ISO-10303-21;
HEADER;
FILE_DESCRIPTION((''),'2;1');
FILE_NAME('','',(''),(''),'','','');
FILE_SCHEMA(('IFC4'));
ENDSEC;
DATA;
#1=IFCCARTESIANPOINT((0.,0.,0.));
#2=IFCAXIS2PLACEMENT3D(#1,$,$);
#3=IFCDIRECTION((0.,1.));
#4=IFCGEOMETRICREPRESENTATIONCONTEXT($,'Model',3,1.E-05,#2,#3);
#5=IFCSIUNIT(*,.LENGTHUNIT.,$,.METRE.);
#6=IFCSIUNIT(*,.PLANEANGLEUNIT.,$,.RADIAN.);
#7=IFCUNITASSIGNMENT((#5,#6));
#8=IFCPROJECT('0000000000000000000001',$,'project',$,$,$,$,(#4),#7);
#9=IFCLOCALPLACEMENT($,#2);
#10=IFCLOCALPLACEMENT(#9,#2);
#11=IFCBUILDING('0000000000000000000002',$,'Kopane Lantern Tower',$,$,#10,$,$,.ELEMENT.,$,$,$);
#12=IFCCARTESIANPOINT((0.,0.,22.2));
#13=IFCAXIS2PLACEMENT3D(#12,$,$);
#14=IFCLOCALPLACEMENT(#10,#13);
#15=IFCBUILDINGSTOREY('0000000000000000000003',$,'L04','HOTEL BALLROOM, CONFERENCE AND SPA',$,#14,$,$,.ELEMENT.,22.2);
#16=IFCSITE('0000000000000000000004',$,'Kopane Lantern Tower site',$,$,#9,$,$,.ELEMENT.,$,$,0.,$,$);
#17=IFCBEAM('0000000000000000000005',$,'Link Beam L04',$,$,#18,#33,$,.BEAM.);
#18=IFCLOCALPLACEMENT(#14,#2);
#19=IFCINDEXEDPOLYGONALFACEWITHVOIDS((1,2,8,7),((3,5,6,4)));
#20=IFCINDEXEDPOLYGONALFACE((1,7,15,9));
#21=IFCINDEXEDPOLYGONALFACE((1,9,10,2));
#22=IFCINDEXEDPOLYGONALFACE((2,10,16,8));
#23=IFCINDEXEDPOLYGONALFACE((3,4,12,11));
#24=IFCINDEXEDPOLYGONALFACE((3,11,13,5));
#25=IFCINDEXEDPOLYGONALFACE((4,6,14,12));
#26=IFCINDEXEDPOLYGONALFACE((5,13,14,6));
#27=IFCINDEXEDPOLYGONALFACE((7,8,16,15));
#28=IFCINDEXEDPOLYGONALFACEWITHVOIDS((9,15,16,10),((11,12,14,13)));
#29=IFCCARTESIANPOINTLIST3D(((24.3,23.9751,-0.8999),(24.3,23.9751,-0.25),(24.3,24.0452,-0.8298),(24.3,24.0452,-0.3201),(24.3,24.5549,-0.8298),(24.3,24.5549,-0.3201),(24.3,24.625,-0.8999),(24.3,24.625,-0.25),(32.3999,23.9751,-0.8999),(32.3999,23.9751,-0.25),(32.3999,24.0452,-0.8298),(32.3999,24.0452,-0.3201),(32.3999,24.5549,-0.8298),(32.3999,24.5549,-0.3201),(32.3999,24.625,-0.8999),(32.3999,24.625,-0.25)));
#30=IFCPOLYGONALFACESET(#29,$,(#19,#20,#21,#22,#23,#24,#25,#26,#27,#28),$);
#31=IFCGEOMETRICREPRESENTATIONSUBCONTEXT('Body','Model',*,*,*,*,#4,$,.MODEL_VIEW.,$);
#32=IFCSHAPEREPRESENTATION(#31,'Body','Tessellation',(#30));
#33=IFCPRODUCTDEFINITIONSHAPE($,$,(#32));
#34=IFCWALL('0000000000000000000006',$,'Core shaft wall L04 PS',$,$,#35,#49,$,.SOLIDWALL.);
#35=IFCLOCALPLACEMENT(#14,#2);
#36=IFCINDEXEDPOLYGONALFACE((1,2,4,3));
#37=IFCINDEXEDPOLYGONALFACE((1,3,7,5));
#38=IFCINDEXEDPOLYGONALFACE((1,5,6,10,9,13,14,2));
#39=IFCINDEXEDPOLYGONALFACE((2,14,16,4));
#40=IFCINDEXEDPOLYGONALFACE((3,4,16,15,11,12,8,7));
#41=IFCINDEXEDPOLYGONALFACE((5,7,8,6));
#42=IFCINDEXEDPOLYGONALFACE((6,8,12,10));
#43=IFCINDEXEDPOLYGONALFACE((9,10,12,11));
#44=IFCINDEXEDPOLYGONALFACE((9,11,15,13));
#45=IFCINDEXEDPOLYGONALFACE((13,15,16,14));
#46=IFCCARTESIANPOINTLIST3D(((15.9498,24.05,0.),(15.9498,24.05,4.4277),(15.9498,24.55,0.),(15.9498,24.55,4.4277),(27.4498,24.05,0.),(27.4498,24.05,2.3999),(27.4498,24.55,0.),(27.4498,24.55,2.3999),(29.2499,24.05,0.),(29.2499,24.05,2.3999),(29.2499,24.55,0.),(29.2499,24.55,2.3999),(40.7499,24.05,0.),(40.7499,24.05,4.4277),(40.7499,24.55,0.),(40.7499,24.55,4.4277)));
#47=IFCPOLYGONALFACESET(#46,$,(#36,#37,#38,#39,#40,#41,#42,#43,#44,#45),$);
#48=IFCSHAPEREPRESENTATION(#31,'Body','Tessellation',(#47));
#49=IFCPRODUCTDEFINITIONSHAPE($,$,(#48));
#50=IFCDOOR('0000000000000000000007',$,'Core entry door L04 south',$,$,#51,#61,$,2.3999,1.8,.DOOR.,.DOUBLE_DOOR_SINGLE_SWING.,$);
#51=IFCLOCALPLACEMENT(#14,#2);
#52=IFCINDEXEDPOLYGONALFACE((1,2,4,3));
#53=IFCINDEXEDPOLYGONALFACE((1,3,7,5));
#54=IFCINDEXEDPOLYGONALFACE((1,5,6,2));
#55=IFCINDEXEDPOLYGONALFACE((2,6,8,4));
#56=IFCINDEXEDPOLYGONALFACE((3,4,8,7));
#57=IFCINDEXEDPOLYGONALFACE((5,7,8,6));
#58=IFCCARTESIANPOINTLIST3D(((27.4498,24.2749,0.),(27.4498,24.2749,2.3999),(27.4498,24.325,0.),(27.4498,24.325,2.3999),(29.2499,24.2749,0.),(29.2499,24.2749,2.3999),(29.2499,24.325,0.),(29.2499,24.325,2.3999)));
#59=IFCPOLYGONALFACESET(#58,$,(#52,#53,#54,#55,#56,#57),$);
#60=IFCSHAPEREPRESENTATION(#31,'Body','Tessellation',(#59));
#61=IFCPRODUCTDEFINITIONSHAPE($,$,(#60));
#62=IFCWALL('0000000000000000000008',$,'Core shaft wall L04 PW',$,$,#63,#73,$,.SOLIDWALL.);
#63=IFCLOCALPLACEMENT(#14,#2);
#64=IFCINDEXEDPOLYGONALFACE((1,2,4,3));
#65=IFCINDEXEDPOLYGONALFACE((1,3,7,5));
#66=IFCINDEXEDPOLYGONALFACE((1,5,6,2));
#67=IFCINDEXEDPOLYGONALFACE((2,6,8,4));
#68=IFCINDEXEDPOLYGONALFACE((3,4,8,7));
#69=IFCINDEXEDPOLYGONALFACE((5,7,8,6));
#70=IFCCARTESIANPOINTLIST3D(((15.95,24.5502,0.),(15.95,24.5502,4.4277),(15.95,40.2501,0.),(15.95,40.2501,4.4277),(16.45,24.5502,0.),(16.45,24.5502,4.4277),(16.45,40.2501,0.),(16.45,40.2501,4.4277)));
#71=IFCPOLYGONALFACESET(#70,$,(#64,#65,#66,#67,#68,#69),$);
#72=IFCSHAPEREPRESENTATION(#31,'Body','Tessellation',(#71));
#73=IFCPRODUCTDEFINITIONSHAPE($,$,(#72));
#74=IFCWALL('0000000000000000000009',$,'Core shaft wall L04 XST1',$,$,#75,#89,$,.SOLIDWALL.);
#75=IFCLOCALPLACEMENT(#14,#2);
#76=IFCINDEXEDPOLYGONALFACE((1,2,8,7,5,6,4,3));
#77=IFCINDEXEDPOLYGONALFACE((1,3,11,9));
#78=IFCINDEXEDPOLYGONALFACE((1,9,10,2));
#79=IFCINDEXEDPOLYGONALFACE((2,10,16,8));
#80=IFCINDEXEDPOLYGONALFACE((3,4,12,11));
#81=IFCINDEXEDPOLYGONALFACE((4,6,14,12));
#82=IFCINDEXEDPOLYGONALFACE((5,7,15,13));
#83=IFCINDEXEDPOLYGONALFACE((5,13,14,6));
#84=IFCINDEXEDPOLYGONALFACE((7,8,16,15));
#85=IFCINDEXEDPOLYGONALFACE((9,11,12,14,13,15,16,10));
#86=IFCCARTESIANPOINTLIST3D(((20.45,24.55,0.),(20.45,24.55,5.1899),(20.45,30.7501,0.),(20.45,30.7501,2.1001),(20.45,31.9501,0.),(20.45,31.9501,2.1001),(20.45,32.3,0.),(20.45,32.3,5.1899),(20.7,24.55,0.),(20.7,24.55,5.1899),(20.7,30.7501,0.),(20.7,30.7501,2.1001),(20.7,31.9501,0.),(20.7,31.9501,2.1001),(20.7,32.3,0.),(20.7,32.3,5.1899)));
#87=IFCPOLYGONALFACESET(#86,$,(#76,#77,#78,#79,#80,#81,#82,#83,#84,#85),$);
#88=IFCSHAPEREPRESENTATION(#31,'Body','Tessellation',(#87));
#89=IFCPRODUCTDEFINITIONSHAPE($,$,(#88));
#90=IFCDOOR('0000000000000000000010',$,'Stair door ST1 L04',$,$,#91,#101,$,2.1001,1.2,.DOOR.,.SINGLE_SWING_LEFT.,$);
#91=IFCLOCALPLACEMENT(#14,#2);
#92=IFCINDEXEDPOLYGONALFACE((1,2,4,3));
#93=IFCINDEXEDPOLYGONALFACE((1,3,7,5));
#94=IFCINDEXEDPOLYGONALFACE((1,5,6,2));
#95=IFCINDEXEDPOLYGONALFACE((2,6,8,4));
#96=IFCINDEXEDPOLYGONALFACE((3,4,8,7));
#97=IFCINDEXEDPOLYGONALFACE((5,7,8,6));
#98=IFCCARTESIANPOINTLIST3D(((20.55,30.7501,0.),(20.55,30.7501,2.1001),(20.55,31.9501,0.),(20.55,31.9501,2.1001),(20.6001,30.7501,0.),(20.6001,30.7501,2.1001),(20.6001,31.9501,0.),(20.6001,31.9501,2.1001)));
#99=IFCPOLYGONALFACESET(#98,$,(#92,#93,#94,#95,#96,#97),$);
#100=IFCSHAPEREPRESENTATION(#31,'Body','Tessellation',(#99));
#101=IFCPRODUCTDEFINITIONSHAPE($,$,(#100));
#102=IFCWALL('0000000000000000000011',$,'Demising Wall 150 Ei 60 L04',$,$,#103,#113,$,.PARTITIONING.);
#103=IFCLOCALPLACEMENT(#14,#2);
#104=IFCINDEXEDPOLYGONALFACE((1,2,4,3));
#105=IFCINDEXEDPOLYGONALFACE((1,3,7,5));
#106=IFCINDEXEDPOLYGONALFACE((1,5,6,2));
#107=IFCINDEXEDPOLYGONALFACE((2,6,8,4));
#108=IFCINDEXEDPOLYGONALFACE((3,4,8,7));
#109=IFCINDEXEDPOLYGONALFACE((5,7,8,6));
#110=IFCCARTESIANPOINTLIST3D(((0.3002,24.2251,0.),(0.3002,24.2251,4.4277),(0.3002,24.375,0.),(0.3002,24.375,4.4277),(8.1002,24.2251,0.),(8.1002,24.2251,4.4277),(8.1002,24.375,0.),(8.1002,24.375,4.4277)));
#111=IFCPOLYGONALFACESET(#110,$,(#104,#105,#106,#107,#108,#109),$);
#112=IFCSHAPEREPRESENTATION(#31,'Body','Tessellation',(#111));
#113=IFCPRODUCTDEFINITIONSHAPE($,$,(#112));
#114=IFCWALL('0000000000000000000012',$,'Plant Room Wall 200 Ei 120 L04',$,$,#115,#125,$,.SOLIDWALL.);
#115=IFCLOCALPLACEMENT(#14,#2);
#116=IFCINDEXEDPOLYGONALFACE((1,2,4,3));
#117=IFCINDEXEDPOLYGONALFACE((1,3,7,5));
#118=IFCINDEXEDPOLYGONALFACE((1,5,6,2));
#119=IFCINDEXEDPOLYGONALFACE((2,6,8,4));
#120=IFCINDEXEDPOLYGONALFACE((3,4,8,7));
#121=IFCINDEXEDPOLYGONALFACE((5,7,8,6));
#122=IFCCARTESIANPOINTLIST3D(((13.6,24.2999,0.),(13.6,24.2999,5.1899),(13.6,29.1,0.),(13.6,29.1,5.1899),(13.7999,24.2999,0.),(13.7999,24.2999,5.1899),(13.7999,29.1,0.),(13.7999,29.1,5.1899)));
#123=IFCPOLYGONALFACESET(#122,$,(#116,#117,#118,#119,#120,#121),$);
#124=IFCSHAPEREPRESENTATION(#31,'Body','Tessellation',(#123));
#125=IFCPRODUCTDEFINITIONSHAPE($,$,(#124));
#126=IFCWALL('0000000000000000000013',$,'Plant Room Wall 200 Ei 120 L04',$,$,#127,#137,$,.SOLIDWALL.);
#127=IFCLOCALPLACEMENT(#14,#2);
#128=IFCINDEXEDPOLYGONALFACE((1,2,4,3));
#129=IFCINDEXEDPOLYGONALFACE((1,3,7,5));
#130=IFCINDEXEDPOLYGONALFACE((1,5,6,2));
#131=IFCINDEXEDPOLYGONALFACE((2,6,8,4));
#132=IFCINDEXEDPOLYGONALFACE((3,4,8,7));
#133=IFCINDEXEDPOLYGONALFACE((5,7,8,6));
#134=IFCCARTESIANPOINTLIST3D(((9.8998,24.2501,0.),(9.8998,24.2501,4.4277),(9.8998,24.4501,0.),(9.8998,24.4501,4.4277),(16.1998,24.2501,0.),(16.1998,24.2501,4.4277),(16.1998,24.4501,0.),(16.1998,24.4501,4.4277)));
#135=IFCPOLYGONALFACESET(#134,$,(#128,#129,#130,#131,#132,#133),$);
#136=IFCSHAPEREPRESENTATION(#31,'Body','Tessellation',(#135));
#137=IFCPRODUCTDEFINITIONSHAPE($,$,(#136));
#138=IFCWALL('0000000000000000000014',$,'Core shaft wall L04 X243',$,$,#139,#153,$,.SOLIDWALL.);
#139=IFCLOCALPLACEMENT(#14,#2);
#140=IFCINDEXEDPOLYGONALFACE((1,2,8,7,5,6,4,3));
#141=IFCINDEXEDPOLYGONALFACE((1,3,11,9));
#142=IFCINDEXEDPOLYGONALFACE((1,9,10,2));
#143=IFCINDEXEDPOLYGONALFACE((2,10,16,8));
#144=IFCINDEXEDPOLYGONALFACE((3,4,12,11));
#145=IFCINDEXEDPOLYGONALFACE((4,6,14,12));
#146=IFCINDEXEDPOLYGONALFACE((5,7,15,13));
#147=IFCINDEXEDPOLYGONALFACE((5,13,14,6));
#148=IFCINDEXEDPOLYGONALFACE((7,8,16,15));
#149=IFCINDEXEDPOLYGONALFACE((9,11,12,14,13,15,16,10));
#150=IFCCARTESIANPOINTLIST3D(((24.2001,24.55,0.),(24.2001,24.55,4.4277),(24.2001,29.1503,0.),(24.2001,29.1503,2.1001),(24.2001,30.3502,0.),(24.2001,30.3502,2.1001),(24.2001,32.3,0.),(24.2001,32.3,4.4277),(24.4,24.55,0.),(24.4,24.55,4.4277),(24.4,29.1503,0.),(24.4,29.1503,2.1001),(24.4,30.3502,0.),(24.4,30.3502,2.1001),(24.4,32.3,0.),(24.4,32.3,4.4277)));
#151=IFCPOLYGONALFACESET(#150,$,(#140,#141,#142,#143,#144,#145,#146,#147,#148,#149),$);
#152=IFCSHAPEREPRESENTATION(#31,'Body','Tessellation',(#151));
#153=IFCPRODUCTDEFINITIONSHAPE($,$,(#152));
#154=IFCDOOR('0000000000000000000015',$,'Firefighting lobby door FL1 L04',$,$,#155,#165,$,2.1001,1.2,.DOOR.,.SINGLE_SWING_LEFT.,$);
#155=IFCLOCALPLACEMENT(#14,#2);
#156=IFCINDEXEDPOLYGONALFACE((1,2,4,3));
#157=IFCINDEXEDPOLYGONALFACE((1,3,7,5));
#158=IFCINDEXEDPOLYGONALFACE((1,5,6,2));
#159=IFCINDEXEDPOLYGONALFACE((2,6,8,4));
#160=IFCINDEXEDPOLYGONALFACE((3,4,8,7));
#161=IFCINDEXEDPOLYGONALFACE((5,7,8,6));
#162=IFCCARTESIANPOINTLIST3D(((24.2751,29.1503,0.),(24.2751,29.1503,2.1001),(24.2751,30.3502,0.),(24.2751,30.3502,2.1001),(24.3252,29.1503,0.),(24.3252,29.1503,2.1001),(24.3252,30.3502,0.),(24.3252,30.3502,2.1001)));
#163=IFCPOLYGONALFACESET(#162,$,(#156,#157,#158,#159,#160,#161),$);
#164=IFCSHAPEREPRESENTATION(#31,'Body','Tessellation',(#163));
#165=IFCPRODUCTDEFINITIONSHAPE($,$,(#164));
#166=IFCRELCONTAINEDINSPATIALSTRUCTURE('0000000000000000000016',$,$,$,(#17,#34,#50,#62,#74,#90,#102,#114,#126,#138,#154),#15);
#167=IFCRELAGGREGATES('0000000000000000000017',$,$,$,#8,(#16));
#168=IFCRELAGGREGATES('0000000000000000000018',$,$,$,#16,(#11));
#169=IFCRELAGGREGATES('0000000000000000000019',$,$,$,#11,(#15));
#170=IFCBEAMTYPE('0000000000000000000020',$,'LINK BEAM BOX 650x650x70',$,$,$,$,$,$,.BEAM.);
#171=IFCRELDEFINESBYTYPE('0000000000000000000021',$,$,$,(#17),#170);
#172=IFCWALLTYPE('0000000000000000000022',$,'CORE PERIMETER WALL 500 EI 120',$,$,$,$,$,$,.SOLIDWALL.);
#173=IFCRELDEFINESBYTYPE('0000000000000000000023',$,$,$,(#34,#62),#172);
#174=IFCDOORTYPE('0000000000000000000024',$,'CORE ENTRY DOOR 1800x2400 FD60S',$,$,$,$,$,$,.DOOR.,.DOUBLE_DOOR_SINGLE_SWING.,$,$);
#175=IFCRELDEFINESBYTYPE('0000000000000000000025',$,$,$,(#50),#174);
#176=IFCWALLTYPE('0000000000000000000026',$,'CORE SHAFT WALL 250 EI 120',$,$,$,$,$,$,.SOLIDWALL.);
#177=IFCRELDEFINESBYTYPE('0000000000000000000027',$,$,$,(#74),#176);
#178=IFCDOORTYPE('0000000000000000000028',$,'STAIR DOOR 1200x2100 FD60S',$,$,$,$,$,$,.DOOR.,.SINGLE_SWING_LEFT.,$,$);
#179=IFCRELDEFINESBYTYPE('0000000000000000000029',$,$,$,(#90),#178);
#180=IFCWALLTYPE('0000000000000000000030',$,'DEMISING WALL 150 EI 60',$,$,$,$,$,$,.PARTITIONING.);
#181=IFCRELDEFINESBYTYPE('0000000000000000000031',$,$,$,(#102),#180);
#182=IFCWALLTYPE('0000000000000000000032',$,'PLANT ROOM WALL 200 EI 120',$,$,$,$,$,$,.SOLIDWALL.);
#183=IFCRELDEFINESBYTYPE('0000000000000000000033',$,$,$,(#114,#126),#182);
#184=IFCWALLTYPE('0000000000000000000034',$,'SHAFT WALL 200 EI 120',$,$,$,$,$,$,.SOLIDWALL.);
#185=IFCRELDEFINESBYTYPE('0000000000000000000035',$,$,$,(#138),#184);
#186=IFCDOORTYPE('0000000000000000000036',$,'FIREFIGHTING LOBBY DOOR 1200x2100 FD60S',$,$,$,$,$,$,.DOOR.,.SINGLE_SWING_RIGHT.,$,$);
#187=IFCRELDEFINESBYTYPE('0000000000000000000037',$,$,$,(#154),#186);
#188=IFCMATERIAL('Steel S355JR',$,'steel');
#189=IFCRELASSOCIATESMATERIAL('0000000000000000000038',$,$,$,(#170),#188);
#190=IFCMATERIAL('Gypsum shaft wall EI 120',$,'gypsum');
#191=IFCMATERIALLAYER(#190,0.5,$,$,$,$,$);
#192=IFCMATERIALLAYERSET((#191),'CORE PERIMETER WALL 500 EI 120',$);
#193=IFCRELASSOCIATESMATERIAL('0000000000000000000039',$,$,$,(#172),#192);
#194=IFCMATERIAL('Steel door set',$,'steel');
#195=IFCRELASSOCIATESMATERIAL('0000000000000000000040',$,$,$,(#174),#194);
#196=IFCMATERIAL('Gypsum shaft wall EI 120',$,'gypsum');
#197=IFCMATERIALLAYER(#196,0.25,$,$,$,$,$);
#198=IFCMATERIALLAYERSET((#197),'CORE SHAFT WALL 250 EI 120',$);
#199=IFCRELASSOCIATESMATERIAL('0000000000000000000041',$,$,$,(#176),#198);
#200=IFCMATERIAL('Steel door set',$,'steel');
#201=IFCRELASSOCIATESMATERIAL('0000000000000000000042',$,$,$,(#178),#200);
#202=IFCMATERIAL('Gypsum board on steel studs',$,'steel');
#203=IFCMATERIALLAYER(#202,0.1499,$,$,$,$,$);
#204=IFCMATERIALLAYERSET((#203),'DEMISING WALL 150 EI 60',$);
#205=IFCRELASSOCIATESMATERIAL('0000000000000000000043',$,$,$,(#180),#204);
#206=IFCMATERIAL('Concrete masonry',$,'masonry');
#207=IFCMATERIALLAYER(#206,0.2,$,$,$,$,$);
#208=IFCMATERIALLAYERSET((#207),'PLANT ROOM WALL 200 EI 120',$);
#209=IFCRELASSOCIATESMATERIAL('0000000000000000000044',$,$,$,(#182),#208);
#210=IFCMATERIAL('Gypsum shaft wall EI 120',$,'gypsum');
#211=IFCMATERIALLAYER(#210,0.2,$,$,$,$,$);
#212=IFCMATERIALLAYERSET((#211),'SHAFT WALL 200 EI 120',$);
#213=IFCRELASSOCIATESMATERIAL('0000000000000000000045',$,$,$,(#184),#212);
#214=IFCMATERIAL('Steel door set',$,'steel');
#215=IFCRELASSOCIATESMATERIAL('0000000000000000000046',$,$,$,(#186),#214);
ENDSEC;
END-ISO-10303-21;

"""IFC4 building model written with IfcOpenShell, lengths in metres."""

from ifc_helpers import new_model, si_unit, direction, frame, frame_2d, origin, origin_2d, place, context, subcontext, project, spatial, rectangle, hollow_rectangle, extrude, material, layer, layer_set, material_profile, profile_set, type_object, element, fill, save


model = new_model("IFC4")

# Units and contexts
model_context = context("Model", 3, precision=1e-05, world=origin(), true_north=direction((0.0, 1.0)))
body_context = subcontext(model_context, "Body", "Model", "MODEL_VIEW")
ifc_project = project(units=[si_unit("LENGTHUNIT", "METRE"), si_unit("PLANEANGLEUNIT", "RADIAN")], contexts=[model_context])

# Site, building, storey
site_placement = place(None, origin())
site = spatial("IfcSite", under=ifc_project, at=site_placement, Name="Kopane Lantern Tower site", CompositionType="ELEMENT", RefElevation=0.0)
building_placement = place(site_placement, origin())
building = spatial("IfcBuilding", under=site, at=building_placement, Name="Kopane Lantern Tower", CompositionType="ELEMENT")
storey_placement = place(building_placement, frame((0.0, 0.0, 22.2)))
storey = spatial("IfcBuildingStorey", under=building, at=storey_placement, Name="L04", Description="HOTEL BALLROOM, CONFERENCE AND SPA", CompositionType="ELEMENT", Elevation=22.2)

# Beam
ifc_material_1 = material(Name="Steel S355JR", Category="steel")
ifc_material_profile_1 = material_profile(ifc_material_1, hollow_rectangle(XDim=0.6499, YDim=0.6499, WallThickness=0.0701, at=origin_2d()), Name="BOX 650x650x70")
ifc_profile_set_1 = profile_set([ifc_material_profile_1], Name="Steel S355JR")
beam_type_1 = type_object("IfcBeamType", Name="LINK BEAM BOX 650x650x70", PredefinedType="BEAM", material=ifc_profile_set_1)
beam_1_placement = place(storey_placement, frame((24.3, 24.3, -0.575), z_axis=(1.0, 0.0, 0.0), x_axis=(0.0, 1.0, 0.0)))
element("IfcBeam", 1, at=beam_1_placement, inside=storey, type_object=beam_type_1, Name="Link Beam L04", PredefinedType="BEAM", context=body_context, shape_type="SweptSolid", body=[
    extrude(hollow_rectangle(XDim=0.6499, YDim=0.6499, WallThickness=0.0701, at=origin_2d()), origin(), (0.0, 0.0, 1.0), 8.0999),
])

# Wall, opening, door
ifc_material_2 = material(Name="Gypsum shaft wall EI 120", Category="gypsum")
ifc_layer_1 = layer(ifc_material_2, 0.5)
ifc_layer_set_1 = layer_set([ifc_layer_1], Name="CORE PERIMETER WALL 500 EI 120")
wall_type_1 = type_object("IfcWallType", Name="CORE PERIMETER WALL 500 EI 120", PredefinedType="SOLIDWALL", material=ifc_layer_set_1)
wall_1_placement = place(storey_placement, frame((15.95, 24.3, 0.0), z_axis=(0.0, 0.0, 1.0), x_axis=(1.0, 0.0, 0.0)))
wall_1 = element("IfcWall", 2, at=wall_1_placement, inside=storey, type_object=wall_type_1, Name="Core shaft wall L04 PS", PredefinedType="SOLIDWALL", context=body_context, shape_type="SweptSolid", body=[
    extrude(rectangle(XDim=24.8, YDim=0.5, at=frame_2d((12.3999, 0.0))), origin(), (0.0, 0.0, 1.0), 4.4277),
])
opening_1_placement = place(wall_1_placement, frame((11.5, 0.0, 0.0)))
opening_1 = element("IfcOpeningElement", 3, at=opening_1_placement, cuts=wall_1, PredefinedType="OPENING", context=body_context, shape_type="SweptSolid", body=[
    extrude(rectangle(XDim=1.8, YDim=2.3999, at=frame_2d((0.8999, 1.2))), frame((0.0, 0.26, 0.0), z_axis=(0.0, -1.0, 0.0), x_axis=(1.0, 0.0, 0.0)), (0.0, 0.0, 1.0), 0.52),
])
ifc_material_3 = material(Name="Steel door set", Category="steel")
door_type_1 = type_object("IfcDoorType", Name="CORE ENTRY DOOR 1800x2400 FD60S", OperationType="DOUBLE_DOOR_SINGLE_SWING", PredefinedType="DOOR", material=ifc_material_3)
door_1_placement = place(opening_1_placement, origin())
door_1 = element("IfcDoor", 4, at=door_1_placement, inside=storey, type_object=door_type_1, Name="Core entry door L04 south", OperationType="DOUBLE_DOOR_SINGLE_SWING", OverallHeight=2.3999, OverallWidth=1.8, PredefinedType="DOOR", context=body_context, shape_type="SweptSolid", body=[
    extrude(rectangle(XDim=1.8, YDim=2.3999, at=frame_2d((0.8999, 1.2))), frame((0.0, 0.0249, 0.0), z_axis=(0.0, -1.0, 0.0), x_axis=(1.0, 0.0, 0.0)), (0.0, 0.0, 1.0), 0.05),
])
fill(opening_1, door_1)

# Wall
wall_2_placement = place(storey_placement, frame((16.2, 24.55, 0.0), z_axis=(0.0, 0.0, 1.0), x_axis=(0.0, 1.0, 0.0)))
element("IfcWall", 5, at=wall_2_placement, inside=storey, type_object=wall_type_1, Name="Core shaft wall L04 PW", PredefinedType="SOLIDWALL", context=body_context, shape_type="SweptSolid", body=[
    extrude(rectangle(XDim=15.7, YDim=0.5, at=frame_2d((7.8501, 0.0))), origin(), (0.0, 0.0, 1.0), 4.4277),
])

# Wall, opening, door
ifc_material_4 = material(Name="Gypsum shaft wall EI 120", Category="gypsum")
ifc_layer_2 = layer(ifc_material_4, 0.25)
ifc_layer_set_2 = layer_set([ifc_layer_2], Name="CORE SHAFT WALL 250 EI 120")
wall_type_2 = type_object("IfcWallType", Name="CORE SHAFT WALL 250 EI 120", PredefinedType="SOLIDWALL", material=ifc_layer_set_2)
wall_3_placement = place(storey_placement, frame((20.575, 24.55, 0.0), z_axis=(0.0, 0.0, 1.0), x_axis=(0.0, 1.0, 0.0)))
wall_3 = element("IfcWall", 6, at=wall_3_placement, inside=storey, type_object=wall_type_2, Name="Core shaft wall L04 XST1", PredefinedType="SOLIDWALL", context=body_context, shape_type="SweptSolid", body=[
    extrude(rectangle(XDim=7.75, YDim=0.25, at=frame_2d((3.875, 0.0))), origin(), (0.0, 0.0, 1.0), 5.1899),
])
opening_2_placement = place(wall_3_placement, frame((6.2, 0.0, 0.0)))
opening_2 = element("IfcOpeningElement", 7, at=opening_2_placement, cuts=wall_3, PredefinedType="OPENING", context=body_context, shape_type="SweptSolid", body=[
    extrude(rectangle(XDim=1.2, YDim=2.1001, at=frame_2d((0.6001, 1.05))), frame((0.0, 0.135, 0.0), z_axis=(0.0, -1.0, 0.0), x_axis=(1.0, 0.0, 0.0)), (0.0, 0.0, 1.0), 0.27),
])
ifc_material_5 = material(Name="Steel door set", Category="steel")
door_type_2 = type_object("IfcDoorType", Name="STAIR DOOR 1200x2100 FD60S", OperationType="SINGLE_SWING_LEFT", PredefinedType="DOOR", material=ifc_material_5)
door_2_placement = place(opening_2_placement, origin())
door_2 = element("IfcDoor", 8, at=door_2_placement, inside=storey, type_object=door_type_2, Name="Stair door ST1 L04", OperationType="SINGLE_SWING_LEFT", OverallHeight=2.1001, OverallWidth=1.2, PredefinedType="DOOR", context=body_context, shape_type="SweptSolid", body=[
    extrude(rectangle(XDim=1.2, YDim=2.1001, at=frame_2d((0.6001, 1.05))), frame((0.0, 0.0249, 0.0), z_axis=(0.0, -1.0, 0.0), x_axis=(1.0, 0.0, 0.0)), (0.0, 0.0, 1.0), 0.05),
])
fill(opening_2, door_2)

# Walls
ifc_material_6 = material(Name="Gypsum board on steel studs", Category="steel")
ifc_layer_3 = layer(ifc_material_6, 0.1499)
ifc_layer_set_3 = layer_set([ifc_layer_3], Name="DEMISING WALL 150 EI 60")
wall_type_3 = type_object("IfcWallType", Name="DEMISING WALL 150 EI 60", PredefinedType="PARTITIONING", material=ifc_layer_set_3)
wall_4_placement = place(storey_placement, frame((8.1001, 24.3, 0.0), z_axis=(0.0, 0.0, 1.0), x_axis=(-1.0, 0.0, 0.0)))
element("IfcWall", 9, at=wall_4_placement, inside=storey, type_object=wall_type_3, Name="Demising Wall 150 Ei 60 L04", PredefinedType="PARTITIONING", context=body_context, shape_type="SweptSolid", body=[
    extrude(rectangle(XDim=7.8, YDim=0.1499, at=frame_2d((3.8999, 0.0))), origin(), (0.0, 0.0, 1.0), 4.4277),
])
ifc_material_7 = material(Name="Concrete masonry", Category="masonry")
ifc_layer_4 = layer(ifc_material_7, 0.2)
ifc_layer_set_4 = layer_set([ifc_layer_4], Name="PLANT ROOM WALL 200 EI 120")
wall_type_4 = type_object("IfcWallType", Name="PLANT ROOM WALL 200 EI 120", PredefinedType="SOLIDWALL", material=ifc_layer_set_4)
wall_5_placement = place(storey_placement, frame((13.7, 24.3, 0.0), z_axis=(0.0, 0.0, 1.0), x_axis=(0.0, 1.0, 0.0)))
element("IfcWall", 10, at=wall_5_placement, inside=storey, type_object=wall_type_4, Name="Plant Room Wall 200 Ei 120 L04", PredefinedType="SOLIDWALL", context=body_context, shape_type="SweptSolid", body=[
    extrude(rectangle(XDim=4.8, YDim=0.2, at=frame_2d((2.3999, 0.0))), origin(), (0.0, 0.0, 1.0), 5.1899),
])
wall_6_placement = place(storey_placement, frame((9.8999, 24.3501, 0.0), z_axis=(0.0, 0.0, 1.0), x_axis=(1.0, 0.0, 0.0)))
element("IfcWall", 11, at=wall_6_placement, inside=storey, type_object=wall_type_4, Name="Plant Room Wall 200 Ei 120 L04", PredefinedType="SOLIDWALL", context=body_context, shape_type="SweptSolid", body=[
    extrude(rectangle(XDim=6.3, YDim=0.2, at=frame_2d((3.1499, 0.0))), origin(), (0.0, 0.0, 1.0), 4.4277),
])

# Wall, opening, door
ifc_material_8 = material(Name="Gypsum shaft wall EI 120", Category="gypsum")
ifc_layer_5 = layer(ifc_material_8, 0.2)
ifc_layer_set_5 = layer_set([ifc_layer_5], Name="SHAFT WALL 200 EI 120")
wall_type_5 = type_object("IfcWallType", Name="SHAFT WALL 200 EI 120", PredefinedType="SOLIDWALL", material=ifc_layer_set_5)
wall_7_placement = place(storey_placement, frame((24.3, 24.55, 0.0), z_axis=(0.0, 0.0, 1.0), x_axis=(0.0, 1.0, 0.0)))
wall_7 = element("IfcWall", 12, at=wall_7_placement, inside=storey, type_object=wall_type_5, Name="Core shaft wall L04 X243", PredefinedType="SOLIDWALL", context=body_context, shape_type="SweptSolid", body=[
    extrude(rectangle(XDim=7.75, YDim=0.2, at=frame_2d((3.875, 0.0))), origin(), (0.0, 0.0, 1.0), 4.4277),
])
opening_3_placement = place(wall_7_placement, frame((4.6001, 0.0, 0.0)))
opening_3 = element("IfcOpeningElement", 13, at=opening_3_placement, cuts=wall_7, PredefinedType="OPENING", context=body_context, shape_type="SweptSolid", body=[
    extrude(rectangle(XDim=1.2, YDim=2.1001, at=frame_2d((0.6001, 1.05))), frame((0.0, 0.1099, 0.0), z_axis=(0.0, -1.0, 0.0), x_axis=(1.0, 0.0, 0.0)), (0.0, 0.0, 1.0), 0.22),
])
ifc_material_9 = material(Name="Steel door set", Category="steel")
door_type_3 = type_object("IfcDoorType", Name="FIREFIGHTING LOBBY DOOR 1200x2100 FD60S", OperationType="SINGLE_SWING_RIGHT", PredefinedType="DOOR", material=ifc_material_9)
door_3_placement = place(opening_3_placement, origin())
door_3 = element("IfcDoor", 14, at=door_3_placement, inside=storey, type_object=door_type_3, Name="Firefighting lobby door FL1 L04", OperationType="SINGLE_SWING_LEFT", OverallHeight=2.1001, OverallWidth=1.2, PredefinedType="DOOR", context=body_context, shape_type="SweptSolid", body=[
    extrude(rectangle(XDim=1.2, YDim=2.1001, at=frame_2d((0.6001, 1.05))), frame((0.0, 0.0249, 0.0), z_axis=(0.0, -1.0, 0.0), x_axis=(1.0, 0.0, 0.0)), (0.0, 0.0, 1.0), 0.05),
])
fill(opening_3, door_3)

save(model, "model.ifc")
